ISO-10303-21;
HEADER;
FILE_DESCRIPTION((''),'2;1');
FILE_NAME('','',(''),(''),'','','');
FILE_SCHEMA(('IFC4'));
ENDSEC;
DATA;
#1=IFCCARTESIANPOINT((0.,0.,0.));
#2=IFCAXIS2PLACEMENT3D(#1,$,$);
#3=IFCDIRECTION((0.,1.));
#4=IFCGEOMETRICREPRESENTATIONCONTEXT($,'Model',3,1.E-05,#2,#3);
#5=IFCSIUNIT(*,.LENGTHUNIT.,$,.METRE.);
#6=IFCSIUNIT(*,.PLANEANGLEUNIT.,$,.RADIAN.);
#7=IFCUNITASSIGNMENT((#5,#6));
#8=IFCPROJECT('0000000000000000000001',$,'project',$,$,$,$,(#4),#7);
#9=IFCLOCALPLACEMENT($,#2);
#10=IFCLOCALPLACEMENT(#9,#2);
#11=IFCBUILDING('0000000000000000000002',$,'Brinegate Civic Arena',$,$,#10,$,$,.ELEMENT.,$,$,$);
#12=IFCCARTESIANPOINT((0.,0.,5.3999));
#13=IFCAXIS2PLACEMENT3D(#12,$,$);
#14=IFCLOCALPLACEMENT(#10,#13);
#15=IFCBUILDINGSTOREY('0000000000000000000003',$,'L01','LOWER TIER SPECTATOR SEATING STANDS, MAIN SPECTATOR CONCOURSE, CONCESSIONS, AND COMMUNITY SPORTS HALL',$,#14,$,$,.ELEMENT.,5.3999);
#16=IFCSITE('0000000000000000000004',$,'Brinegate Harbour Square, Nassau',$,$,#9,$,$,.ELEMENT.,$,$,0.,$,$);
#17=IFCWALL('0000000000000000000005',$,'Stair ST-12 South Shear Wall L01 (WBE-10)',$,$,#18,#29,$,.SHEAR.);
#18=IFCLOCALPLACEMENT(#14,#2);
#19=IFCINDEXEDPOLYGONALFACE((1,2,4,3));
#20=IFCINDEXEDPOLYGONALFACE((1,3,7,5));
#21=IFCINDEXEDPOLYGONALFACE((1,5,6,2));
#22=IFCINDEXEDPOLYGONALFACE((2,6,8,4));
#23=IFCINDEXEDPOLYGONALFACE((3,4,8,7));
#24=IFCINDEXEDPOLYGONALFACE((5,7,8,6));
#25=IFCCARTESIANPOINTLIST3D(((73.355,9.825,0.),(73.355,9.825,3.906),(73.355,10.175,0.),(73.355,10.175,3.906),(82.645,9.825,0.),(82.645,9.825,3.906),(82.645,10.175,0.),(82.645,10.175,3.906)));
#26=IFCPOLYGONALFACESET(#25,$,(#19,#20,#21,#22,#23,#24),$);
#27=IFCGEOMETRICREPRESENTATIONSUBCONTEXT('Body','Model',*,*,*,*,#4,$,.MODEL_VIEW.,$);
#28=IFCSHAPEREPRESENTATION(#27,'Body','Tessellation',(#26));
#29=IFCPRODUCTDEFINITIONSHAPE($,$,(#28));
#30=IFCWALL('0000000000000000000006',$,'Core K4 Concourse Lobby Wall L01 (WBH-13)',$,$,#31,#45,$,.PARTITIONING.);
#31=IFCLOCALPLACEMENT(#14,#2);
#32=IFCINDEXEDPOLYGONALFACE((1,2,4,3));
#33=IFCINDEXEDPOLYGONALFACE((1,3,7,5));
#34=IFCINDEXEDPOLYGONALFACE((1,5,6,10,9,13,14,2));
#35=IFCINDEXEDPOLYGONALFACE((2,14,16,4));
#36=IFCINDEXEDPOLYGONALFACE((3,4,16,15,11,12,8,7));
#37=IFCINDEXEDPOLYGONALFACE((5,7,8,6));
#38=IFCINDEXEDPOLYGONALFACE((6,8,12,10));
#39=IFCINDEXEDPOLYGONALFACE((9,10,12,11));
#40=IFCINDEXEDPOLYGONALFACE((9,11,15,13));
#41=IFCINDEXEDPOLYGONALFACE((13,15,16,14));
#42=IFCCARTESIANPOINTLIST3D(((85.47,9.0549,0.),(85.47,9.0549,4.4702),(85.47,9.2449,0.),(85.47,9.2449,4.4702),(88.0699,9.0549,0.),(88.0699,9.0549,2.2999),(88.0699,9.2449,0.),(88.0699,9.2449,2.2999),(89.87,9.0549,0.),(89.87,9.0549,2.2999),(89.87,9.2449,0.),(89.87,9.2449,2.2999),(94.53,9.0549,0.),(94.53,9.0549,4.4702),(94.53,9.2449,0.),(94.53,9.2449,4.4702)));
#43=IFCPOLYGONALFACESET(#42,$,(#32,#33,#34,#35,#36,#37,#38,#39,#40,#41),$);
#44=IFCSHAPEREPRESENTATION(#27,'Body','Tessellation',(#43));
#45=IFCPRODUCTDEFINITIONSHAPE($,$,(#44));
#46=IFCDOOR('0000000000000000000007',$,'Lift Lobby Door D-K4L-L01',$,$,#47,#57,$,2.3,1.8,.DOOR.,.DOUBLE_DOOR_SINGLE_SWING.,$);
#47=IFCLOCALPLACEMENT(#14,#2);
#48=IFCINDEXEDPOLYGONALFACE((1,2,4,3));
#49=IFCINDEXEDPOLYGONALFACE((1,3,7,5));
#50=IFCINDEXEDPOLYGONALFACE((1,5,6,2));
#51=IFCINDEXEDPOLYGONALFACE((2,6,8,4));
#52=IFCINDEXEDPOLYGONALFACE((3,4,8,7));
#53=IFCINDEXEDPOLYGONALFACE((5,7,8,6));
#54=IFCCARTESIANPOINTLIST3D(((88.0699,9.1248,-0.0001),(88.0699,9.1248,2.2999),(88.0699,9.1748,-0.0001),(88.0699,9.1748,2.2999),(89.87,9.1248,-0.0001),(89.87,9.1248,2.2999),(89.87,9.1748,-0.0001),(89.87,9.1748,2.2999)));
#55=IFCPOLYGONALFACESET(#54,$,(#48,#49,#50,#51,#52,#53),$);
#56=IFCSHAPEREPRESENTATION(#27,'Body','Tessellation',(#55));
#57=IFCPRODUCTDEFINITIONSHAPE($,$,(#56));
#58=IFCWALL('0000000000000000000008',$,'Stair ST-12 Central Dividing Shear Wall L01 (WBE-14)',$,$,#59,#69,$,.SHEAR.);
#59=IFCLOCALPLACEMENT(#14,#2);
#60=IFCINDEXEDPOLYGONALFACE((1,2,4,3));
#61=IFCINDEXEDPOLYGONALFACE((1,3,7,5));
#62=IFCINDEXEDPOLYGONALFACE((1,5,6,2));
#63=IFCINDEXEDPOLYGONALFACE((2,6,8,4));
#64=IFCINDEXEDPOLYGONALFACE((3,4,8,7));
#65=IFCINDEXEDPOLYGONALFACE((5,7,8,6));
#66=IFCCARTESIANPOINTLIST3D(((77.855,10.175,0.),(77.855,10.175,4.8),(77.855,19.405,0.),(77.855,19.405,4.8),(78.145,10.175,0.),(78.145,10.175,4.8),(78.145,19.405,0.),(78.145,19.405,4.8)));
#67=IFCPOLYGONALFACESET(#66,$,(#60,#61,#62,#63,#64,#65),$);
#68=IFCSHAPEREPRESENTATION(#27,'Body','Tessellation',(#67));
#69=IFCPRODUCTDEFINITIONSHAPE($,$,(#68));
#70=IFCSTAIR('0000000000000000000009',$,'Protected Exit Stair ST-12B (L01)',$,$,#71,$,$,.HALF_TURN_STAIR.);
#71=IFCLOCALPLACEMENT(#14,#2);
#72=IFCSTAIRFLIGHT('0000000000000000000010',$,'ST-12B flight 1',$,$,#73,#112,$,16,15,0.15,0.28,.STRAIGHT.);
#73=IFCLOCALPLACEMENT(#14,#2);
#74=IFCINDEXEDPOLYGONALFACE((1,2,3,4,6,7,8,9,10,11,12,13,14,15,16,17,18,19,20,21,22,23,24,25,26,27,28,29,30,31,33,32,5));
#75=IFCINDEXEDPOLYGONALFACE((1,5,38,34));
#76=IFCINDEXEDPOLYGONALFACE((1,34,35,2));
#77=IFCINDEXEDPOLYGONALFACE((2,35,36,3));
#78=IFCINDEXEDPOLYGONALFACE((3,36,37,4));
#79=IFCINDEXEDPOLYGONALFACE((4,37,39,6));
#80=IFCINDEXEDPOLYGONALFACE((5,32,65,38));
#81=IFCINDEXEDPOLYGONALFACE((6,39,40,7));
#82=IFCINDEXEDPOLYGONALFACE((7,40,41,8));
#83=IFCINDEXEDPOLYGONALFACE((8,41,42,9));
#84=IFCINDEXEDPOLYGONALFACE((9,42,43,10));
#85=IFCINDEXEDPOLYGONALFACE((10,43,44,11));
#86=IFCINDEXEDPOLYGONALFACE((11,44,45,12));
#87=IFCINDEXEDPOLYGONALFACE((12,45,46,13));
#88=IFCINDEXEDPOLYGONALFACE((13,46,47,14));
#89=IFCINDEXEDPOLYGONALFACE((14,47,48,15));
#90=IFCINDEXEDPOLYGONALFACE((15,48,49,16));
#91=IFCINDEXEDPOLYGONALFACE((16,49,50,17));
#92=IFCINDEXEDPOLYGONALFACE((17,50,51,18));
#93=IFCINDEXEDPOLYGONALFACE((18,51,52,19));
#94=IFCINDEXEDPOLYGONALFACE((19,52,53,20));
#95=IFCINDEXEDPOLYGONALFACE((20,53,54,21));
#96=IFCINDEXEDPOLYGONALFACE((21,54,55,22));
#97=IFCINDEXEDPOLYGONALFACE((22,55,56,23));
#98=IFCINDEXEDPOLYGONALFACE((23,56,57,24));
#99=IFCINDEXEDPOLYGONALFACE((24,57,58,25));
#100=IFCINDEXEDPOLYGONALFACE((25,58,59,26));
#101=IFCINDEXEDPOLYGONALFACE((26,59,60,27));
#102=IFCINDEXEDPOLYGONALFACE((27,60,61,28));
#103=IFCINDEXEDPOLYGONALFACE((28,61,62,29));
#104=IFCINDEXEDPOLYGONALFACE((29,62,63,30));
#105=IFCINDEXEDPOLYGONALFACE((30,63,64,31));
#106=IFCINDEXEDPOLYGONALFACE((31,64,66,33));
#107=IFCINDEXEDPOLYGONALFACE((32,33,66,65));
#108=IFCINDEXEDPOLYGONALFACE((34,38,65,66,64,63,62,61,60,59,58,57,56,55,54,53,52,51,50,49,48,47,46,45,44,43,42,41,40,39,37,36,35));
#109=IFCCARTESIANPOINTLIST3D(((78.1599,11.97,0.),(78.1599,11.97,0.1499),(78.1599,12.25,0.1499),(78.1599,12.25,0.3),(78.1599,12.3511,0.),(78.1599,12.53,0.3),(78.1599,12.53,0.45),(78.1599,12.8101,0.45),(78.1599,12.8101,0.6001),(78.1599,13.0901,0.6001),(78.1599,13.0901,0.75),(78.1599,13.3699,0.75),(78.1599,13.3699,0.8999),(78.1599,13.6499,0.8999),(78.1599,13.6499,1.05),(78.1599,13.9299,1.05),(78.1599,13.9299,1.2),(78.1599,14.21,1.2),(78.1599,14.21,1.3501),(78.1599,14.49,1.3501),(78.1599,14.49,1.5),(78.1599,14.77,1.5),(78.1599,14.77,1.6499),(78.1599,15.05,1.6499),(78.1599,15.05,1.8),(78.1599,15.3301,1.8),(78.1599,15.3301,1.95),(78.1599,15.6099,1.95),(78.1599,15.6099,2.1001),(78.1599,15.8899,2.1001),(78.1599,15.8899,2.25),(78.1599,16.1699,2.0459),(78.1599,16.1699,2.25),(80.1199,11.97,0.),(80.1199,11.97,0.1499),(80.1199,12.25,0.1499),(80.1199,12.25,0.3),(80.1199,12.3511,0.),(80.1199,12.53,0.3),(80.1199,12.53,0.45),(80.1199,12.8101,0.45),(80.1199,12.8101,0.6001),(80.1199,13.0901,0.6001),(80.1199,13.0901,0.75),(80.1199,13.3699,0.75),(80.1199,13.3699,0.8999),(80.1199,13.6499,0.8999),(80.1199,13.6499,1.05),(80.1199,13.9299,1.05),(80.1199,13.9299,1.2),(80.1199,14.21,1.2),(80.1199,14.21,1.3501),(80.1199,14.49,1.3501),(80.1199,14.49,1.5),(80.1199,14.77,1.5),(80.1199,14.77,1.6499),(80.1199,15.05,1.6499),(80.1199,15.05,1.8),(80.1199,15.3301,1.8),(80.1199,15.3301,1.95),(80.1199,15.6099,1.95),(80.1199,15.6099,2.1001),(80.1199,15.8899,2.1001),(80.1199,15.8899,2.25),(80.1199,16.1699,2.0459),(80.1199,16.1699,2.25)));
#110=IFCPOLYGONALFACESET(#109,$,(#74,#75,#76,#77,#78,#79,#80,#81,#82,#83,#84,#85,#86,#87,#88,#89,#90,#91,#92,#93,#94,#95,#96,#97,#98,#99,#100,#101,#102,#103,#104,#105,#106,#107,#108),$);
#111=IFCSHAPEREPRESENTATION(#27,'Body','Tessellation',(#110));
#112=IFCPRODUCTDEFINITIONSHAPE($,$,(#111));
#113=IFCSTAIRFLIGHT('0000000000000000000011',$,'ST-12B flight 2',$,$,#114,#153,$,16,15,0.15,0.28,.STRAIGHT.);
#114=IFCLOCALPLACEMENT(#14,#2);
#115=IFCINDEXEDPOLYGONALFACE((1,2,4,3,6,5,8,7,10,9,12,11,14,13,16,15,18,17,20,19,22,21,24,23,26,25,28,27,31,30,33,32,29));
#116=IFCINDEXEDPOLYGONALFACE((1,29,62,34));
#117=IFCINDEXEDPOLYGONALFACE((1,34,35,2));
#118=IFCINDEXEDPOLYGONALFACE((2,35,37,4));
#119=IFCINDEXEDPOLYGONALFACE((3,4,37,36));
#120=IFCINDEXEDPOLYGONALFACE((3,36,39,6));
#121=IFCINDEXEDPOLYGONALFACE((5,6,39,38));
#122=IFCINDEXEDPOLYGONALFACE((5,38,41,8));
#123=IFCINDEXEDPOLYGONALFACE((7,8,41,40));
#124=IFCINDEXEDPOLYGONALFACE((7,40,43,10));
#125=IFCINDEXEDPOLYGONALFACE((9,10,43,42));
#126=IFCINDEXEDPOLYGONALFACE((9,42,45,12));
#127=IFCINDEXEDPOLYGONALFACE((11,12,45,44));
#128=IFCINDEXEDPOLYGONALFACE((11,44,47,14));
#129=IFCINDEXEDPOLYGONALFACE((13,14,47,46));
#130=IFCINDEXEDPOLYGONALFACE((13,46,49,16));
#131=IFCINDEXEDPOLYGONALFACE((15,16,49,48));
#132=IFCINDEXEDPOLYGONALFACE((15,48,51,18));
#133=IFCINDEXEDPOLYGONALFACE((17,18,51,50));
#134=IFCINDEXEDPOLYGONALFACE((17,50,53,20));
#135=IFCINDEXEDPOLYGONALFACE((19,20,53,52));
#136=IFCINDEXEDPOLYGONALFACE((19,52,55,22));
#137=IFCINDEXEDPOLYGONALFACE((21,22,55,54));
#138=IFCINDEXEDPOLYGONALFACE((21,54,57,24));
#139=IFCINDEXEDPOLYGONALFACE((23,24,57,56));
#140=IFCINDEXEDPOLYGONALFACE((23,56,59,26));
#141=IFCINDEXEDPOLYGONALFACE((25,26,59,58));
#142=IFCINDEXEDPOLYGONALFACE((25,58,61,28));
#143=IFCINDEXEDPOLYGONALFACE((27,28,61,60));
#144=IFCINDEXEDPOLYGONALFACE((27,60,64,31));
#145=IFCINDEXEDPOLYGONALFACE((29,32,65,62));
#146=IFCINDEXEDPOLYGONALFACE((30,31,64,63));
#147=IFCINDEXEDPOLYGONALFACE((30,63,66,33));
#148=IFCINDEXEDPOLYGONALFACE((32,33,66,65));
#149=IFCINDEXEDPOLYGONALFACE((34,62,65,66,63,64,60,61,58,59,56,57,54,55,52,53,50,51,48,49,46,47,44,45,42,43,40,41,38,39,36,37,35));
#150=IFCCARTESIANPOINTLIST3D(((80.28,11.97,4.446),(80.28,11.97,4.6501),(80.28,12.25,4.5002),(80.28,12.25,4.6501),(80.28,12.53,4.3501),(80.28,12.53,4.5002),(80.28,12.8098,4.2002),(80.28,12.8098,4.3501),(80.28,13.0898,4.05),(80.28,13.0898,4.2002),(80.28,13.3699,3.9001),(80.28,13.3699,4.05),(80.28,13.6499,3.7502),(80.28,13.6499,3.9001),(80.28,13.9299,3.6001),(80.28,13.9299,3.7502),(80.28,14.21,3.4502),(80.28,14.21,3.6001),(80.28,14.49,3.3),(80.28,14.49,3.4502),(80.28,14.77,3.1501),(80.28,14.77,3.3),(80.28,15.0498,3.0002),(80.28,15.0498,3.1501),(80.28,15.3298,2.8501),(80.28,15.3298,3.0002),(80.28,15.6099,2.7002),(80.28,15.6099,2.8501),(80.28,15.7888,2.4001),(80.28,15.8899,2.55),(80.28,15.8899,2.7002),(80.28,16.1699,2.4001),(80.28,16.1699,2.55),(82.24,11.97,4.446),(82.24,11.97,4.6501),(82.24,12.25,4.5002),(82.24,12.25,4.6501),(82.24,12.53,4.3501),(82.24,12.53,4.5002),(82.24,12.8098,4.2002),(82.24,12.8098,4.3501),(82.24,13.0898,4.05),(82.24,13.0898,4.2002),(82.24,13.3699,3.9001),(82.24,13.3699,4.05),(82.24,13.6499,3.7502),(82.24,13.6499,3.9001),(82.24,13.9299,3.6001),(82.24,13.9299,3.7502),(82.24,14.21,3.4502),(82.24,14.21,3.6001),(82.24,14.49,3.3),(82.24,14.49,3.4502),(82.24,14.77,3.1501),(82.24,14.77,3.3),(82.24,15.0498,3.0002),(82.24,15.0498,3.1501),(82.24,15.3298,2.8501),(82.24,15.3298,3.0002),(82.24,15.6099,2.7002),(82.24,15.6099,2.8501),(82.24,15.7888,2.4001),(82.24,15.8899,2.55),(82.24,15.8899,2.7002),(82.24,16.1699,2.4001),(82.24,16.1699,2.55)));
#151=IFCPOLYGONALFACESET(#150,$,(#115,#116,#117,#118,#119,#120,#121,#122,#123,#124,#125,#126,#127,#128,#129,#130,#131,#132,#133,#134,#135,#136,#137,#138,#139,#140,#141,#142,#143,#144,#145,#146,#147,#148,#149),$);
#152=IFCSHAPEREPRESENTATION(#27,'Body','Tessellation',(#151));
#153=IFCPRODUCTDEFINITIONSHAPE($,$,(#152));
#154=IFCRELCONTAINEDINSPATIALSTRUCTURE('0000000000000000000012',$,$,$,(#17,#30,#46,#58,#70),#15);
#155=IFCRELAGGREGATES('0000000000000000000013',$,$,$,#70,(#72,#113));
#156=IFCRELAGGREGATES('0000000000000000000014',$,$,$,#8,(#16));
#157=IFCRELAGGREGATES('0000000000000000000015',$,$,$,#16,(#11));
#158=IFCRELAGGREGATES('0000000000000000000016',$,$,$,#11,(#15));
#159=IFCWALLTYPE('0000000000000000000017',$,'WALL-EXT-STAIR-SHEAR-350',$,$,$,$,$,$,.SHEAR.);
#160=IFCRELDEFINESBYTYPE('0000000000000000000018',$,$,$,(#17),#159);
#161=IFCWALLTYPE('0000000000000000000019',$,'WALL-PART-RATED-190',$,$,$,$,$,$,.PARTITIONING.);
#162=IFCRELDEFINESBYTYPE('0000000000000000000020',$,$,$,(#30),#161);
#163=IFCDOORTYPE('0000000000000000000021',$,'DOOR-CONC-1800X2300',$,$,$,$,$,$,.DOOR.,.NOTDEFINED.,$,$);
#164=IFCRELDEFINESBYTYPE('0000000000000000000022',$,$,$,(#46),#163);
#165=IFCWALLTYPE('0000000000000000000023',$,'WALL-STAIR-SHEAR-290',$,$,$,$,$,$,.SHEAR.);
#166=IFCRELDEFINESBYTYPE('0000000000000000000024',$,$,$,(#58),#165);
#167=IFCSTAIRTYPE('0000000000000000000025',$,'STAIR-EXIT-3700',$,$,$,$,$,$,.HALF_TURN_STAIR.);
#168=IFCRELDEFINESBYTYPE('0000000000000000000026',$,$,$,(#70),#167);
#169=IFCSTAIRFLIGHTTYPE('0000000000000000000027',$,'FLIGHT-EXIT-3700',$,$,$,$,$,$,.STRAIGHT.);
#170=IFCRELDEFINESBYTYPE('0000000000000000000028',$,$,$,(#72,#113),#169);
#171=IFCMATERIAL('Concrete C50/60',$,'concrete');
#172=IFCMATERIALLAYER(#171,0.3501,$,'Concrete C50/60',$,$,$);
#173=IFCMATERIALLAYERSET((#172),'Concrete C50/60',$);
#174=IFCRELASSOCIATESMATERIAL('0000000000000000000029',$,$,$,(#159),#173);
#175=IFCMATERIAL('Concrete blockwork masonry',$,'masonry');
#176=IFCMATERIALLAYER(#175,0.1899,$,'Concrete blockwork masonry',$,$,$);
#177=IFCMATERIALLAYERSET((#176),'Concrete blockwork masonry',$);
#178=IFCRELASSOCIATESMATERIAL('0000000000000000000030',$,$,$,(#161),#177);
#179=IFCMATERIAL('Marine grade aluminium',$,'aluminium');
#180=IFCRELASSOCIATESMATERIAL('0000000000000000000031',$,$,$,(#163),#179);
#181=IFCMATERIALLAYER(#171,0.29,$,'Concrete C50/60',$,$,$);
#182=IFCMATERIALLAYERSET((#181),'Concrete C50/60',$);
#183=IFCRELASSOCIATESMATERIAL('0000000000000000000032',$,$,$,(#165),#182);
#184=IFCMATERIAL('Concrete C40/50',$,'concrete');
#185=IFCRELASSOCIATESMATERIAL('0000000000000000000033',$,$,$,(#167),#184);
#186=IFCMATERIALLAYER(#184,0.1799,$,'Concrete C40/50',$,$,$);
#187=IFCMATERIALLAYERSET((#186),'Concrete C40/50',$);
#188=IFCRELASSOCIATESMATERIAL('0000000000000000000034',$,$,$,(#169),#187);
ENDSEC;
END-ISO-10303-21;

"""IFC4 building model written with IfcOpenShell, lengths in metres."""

from ifc_helpers import new_model, si_unit, direction, frame, frame_2d, origin, place, context, subcontext, project, spatial, polyline, rectangle, outline, extrude, material, layer, layer_set, type_object, element, fill, aggregate, save


model = new_model("IFC4")

# Units and contexts
model_context = context("Model", 3, precision=1e-05, world=origin(), true_north=direction((0.0, 1.0)))
body_context = subcontext(model_context, "Body", "Model", "MODEL_VIEW")
ifc_project = project(units=[si_unit("LENGTHUNIT", "METRE"), si_unit("PLANEANGLEUNIT", "RADIAN")], contexts=[model_context])

# Site, building, storey
site_placement = place(None, origin())
site = spatial("IfcSite", under=ifc_project, at=site_placement, Name="Brinegate Harbour Square, Nassau", CompositionType="ELEMENT", RefElevation=0.0)
building_placement = place(site_placement, origin())
building = spatial("IfcBuilding", under=site, at=building_placement, Name="Brinegate Civic Arena", CompositionType="ELEMENT")
storey_placement = place(building_placement, frame((0.0, 0.0, 5.3999)))
storey = spatial("IfcBuildingStorey", under=building, at=storey_placement, Name="L01", Description="LOWER TIER SPECTATOR SEATING STANDS, MAIN SPECTATOR CONCOURSE, CONCESSIONS, AND COMMUNITY SPORTS HALL", CompositionType="ELEMENT", Elevation=5.3999)

# Shared definitions
ifc_material_1 = material(Name="Concrete C50/60", Category="concrete")

# Wall
ifc_layer_1 = layer(ifc_material_1, 0.3501, Name="Concrete C50/60")
ifc_layer_set_1 = layer_set([ifc_layer_1], Name="Concrete C50/60")
wall_type_1 = type_object("IfcWallType", Name="WALL-EXT-STAIR-SHEAR-350", PredefinedType="SHEAR", material=ifc_layer_set_1)
wall_1_placement = place(storey_placement, frame((73.355, 10.0, 0.0), z_axis=(0.0, 0.0, 1.0), x_axis=(1.0, 0.0, 0.0)))
element("IfcWall", 1, at=wall_1_placement, inside=storey, type_object=wall_type_1, Name="Stair ST-12 South Shear Wall L01 (WBE-10)", PredefinedType="SHEAR", context=body_context, shape_type="SweptSolid", body=[
    extrude(rectangle(XDim=9.29, YDim=0.3501, at=frame_2d((4.645, 0.0))), origin(), (0.0, 0.0, 1.0), 3.906),
])

# Wall, opening, door
ifc_material_2 = material(Name="Concrete blockwork masonry", Category="masonry")
ifc_layer_2 = layer(ifc_material_2, 0.1899, Name="Concrete blockwork masonry")
ifc_layer_set_2 = layer_set([ifc_layer_2], Name="Concrete blockwork masonry")
wall_type_2 = type_object("IfcWallType", Name="WALL-PART-RATED-190", PredefinedType="PARTITIONING", material=ifc_layer_set_2)
wall_2_placement = place(storey_placement, frame((85.47, 9.1499, 0.0), z_axis=(0.0, 0.0, 1.0), x_axis=(1.0, 0.0, 0.0)))
wall_2 = element("IfcWall", 2, at=wall_2_placement, inside=storey, type_object=wall_type_2, Name="Core K4 Concourse Lobby Wall L01 (WBH-13)", PredefinedType="PARTITIONING", context=body_context, shape_type="SweptSolid", body=[
    extrude(rectangle(XDim=9.0601, YDim=0.1899, at=frame_2d((4.53, 0.0))), origin(), (0.0, 0.0, 1.0), 4.4702),
])
opening_1_placement = place(wall_2_placement, frame((2.6001, 0.0, 0.0)))
opening_1 = element("IfcOpeningElement", 3, at=opening_1_placement, cuts=wall_2, PredefinedType="OPENING", context=body_context, shape_type="SweptSolid", body=[
    extrude(rectangle(XDim=1.8, YDim=2.3, at=frame_2d((0.8999, 1.1499))), frame((0.0, 0.105, 0.0), z_axis=(0.0, -1.0, 0.0), x_axis=(1.0, 0.0, 0.0)), (0.0, 0.0, 1.0), 0.21),
])
ifc_material_3 = material(Name="Marine grade aluminium", Category="aluminium")
door_type_1 = type_object("IfcDoorType", Name="DOOR-CONC-1800X2300", OperationType="NOTDEFINED", PredefinedType="DOOR", material=ifc_material_3)
door_1_placement = place(opening_1_placement, origin())
door_1 = element("IfcDoor", 4, at=door_1_placement, inside=storey, type_object=door_type_1, Name="Lift Lobby Door D-K4L-L01", OperationType="DOUBLE_DOOR_SINGLE_SWING", OverallHeight=2.3, OverallWidth=1.8, PredefinedType="DOOR", context=body_context, shape_type="SweptSolid", body=[
    extrude(rectangle(XDim=1.8, YDim=2.3, at=frame_2d((0.8999, 1.1499))), frame((0.0, 0.0249, 0.0), z_axis=(0.0, -1.0, 0.0), x_axis=(1.0, 0.0, 0.0)), (0.0, 0.0, 1.0), 0.05),
])
fill(opening_1, door_1)

# Wall
ifc_layer_3 = layer(ifc_material_1, 0.29, Name="Concrete C50/60")
ifc_layer_set_3 = layer_set([ifc_layer_3], Name="Concrete C50/60")
wall_type_3 = type_object("IfcWallType", Name="WALL-STAIR-SHEAR-290", PredefinedType="SHEAR", material=ifc_layer_set_3)
wall_3_placement = place(storey_placement, frame((78.0, 10.175, 0.0), z_axis=(0.0, 0.0, 1.0), x_axis=(0.0, 1.0, 0.0)))
element("IfcWall", 5, at=wall_3_placement, inside=storey, type_object=wall_type_3, Name="Stair ST-12 Central Dividing Shear Wall L01 (WBE-14)", PredefinedType="SHEAR", context=body_context, shape_type="SweptSolid", body=[
    extrude(rectangle(XDim=9.23, YDim=0.29, at=frame_2d((4.615, 0.0))), origin(), (0.0, 0.0, 1.0), 4.8),
])

# Stair, stair flights
ifc_material_4 = material(Name="Concrete C40/50", Category="concrete")
stair_type_1 = type_object("IfcStairType", Name="STAIR-EXIT-3700", PredefinedType="HALF_TURN_STAIR", material=ifc_material_4)
stair_1_placement = place(storey_placement, origin())
stair_1 = element("IfcStair", 6, at=stair_1_placement, inside=storey, type_object=stair_type_1, Name="Protected Exit Stair ST-12B (L01)", PredefinedType="HALF_TURN_STAIR")
ifc_layer_4 = layer(ifc_material_4, 0.1799, Name="Concrete C40/50")
ifc_layer_set_4 = layer_set([ifc_layer_4], Name="Concrete C40/50")
stair_flight_type_1 = type_object("IfcStairFlightType", Name="FLIGHT-EXIT-3700", PredefinedType="STRAIGHT", material=ifc_layer_set_4)
stair_flight_1_placement = place(storey_placement, frame((79.1399, 11.97, 0.0), z_axis=(0.0, 0.0, 1.0), x_axis=(0.0, 1.0, 0.0)))
stair_flight_1 = element("IfcStairFlight", 7, at=stair_flight_1_placement, type_object=stair_flight_type_1, Name="ST-12B flight 1", NumberOfRisers=16, NumberOfTreads=15, PredefinedType="STRAIGHT", RiserHeight=0.15, TreadLength=0.28, context=body_context, shape_type="SweptSolid", body=[
    extrude(outline(polyline([(0.0, 0.0), (0.0, 0.1499), (0.28, 0.1499), (0.28, 0.3), (0.5601, 0.3), (0.5601, 0.45), (0.8401, 0.45), (0.8401, 0.6001), (1.1201, 0.6001), (1.1201, 0.75), (1.3999, 0.75), (1.3999, 0.8999), (1.6799, 0.8999), (1.6799, 1.05), (1.96, 1.05), (1.96, 1.2), (2.24, 1.2), (2.24, 1.3501), (2.52, 1.3501), (2.52, 1.5), (2.8, 1.5), (2.8, 1.6499), (3.0801, 1.6499), (3.0801, 1.8), (3.3601, 1.8), (3.3601, 1.95), (3.6399, 1.95), (3.6399, 2.1001), (3.9199, 2.1001), (3.9199, 2.25), (4.2, 2.25), (4.2, 2.3999), (4.2, 2.0459), (0.3811, 0.0), (0.0, 0.0)])), frame((0.0, 0.98, 0.0), z_axis=(0.0, -1.0, 0.0), x_axis=(1.0, 0.0, 0.0)), (0.0, 0.0, 1.0), 1.96),
])
stair_flight_2_placement = place(storey_placement, frame((81.26, 16.1699, 2.4001), z_axis=(0.0, 0.0, 1.0), x_axis=(0.0, -1.0, 0.0)))
stair_flight_2 = element("IfcStairFlight", 8, at=stair_flight_2_placement, type_object=stair_flight_type_1, Name="ST-12B flight 2", NumberOfRisers=16, NumberOfTreads=15, PredefinedType="STRAIGHT", RiserHeight=0.15, TreadLength=0.28, context=body_context, shape_type="SweptSolid", body=[
    extrude(outline(polyline([(0.0, 0.0), (0.0, 0.1499), (0.28, 0.1499), (0.28, 0.3), (0.5601, 0.3), (0.5601, 0.45), (0.8401, 0.45), (0.8401, 0.6001), (1.1201, 0.6001), (1.1201, 0.75), (1.3999, 0.75), (1.3999, 0.8999), (1.6799, 0.8999), (1.6799, 1.05), (1.96, 1.05), (1.96, 1.2), (2.24, 1.2), (2.24, 1.3501), (2.52, 1.3501), (2.52, 1.5), (2.8, 1.5), (2.8, 1.6499), (3.0801, 1.6499), (3.0801, 1.8), (3.3601, 1.8), (3.3601, 1.95), (3.6399, 1.95), (3.6399, 2.1001), (3.9199, 2.1001), (3.9199, 2.25), (4.2, 2.25), (4.2, 2.3999), (4.2, 2.0459), (0.3811, 0.0), (0.0, 0.0)])), frame((0.0, 0.98, 0.0), z_axis=(0.0, -1.0, 0.0), x_axis=(1.0, 0.0, 0.0)), (0.0, 0.0, 1.0), 1.96),
])
aggregate(stair_1, [stair_flight_1, stair_flight_2])

save(model, "model.ifc")
